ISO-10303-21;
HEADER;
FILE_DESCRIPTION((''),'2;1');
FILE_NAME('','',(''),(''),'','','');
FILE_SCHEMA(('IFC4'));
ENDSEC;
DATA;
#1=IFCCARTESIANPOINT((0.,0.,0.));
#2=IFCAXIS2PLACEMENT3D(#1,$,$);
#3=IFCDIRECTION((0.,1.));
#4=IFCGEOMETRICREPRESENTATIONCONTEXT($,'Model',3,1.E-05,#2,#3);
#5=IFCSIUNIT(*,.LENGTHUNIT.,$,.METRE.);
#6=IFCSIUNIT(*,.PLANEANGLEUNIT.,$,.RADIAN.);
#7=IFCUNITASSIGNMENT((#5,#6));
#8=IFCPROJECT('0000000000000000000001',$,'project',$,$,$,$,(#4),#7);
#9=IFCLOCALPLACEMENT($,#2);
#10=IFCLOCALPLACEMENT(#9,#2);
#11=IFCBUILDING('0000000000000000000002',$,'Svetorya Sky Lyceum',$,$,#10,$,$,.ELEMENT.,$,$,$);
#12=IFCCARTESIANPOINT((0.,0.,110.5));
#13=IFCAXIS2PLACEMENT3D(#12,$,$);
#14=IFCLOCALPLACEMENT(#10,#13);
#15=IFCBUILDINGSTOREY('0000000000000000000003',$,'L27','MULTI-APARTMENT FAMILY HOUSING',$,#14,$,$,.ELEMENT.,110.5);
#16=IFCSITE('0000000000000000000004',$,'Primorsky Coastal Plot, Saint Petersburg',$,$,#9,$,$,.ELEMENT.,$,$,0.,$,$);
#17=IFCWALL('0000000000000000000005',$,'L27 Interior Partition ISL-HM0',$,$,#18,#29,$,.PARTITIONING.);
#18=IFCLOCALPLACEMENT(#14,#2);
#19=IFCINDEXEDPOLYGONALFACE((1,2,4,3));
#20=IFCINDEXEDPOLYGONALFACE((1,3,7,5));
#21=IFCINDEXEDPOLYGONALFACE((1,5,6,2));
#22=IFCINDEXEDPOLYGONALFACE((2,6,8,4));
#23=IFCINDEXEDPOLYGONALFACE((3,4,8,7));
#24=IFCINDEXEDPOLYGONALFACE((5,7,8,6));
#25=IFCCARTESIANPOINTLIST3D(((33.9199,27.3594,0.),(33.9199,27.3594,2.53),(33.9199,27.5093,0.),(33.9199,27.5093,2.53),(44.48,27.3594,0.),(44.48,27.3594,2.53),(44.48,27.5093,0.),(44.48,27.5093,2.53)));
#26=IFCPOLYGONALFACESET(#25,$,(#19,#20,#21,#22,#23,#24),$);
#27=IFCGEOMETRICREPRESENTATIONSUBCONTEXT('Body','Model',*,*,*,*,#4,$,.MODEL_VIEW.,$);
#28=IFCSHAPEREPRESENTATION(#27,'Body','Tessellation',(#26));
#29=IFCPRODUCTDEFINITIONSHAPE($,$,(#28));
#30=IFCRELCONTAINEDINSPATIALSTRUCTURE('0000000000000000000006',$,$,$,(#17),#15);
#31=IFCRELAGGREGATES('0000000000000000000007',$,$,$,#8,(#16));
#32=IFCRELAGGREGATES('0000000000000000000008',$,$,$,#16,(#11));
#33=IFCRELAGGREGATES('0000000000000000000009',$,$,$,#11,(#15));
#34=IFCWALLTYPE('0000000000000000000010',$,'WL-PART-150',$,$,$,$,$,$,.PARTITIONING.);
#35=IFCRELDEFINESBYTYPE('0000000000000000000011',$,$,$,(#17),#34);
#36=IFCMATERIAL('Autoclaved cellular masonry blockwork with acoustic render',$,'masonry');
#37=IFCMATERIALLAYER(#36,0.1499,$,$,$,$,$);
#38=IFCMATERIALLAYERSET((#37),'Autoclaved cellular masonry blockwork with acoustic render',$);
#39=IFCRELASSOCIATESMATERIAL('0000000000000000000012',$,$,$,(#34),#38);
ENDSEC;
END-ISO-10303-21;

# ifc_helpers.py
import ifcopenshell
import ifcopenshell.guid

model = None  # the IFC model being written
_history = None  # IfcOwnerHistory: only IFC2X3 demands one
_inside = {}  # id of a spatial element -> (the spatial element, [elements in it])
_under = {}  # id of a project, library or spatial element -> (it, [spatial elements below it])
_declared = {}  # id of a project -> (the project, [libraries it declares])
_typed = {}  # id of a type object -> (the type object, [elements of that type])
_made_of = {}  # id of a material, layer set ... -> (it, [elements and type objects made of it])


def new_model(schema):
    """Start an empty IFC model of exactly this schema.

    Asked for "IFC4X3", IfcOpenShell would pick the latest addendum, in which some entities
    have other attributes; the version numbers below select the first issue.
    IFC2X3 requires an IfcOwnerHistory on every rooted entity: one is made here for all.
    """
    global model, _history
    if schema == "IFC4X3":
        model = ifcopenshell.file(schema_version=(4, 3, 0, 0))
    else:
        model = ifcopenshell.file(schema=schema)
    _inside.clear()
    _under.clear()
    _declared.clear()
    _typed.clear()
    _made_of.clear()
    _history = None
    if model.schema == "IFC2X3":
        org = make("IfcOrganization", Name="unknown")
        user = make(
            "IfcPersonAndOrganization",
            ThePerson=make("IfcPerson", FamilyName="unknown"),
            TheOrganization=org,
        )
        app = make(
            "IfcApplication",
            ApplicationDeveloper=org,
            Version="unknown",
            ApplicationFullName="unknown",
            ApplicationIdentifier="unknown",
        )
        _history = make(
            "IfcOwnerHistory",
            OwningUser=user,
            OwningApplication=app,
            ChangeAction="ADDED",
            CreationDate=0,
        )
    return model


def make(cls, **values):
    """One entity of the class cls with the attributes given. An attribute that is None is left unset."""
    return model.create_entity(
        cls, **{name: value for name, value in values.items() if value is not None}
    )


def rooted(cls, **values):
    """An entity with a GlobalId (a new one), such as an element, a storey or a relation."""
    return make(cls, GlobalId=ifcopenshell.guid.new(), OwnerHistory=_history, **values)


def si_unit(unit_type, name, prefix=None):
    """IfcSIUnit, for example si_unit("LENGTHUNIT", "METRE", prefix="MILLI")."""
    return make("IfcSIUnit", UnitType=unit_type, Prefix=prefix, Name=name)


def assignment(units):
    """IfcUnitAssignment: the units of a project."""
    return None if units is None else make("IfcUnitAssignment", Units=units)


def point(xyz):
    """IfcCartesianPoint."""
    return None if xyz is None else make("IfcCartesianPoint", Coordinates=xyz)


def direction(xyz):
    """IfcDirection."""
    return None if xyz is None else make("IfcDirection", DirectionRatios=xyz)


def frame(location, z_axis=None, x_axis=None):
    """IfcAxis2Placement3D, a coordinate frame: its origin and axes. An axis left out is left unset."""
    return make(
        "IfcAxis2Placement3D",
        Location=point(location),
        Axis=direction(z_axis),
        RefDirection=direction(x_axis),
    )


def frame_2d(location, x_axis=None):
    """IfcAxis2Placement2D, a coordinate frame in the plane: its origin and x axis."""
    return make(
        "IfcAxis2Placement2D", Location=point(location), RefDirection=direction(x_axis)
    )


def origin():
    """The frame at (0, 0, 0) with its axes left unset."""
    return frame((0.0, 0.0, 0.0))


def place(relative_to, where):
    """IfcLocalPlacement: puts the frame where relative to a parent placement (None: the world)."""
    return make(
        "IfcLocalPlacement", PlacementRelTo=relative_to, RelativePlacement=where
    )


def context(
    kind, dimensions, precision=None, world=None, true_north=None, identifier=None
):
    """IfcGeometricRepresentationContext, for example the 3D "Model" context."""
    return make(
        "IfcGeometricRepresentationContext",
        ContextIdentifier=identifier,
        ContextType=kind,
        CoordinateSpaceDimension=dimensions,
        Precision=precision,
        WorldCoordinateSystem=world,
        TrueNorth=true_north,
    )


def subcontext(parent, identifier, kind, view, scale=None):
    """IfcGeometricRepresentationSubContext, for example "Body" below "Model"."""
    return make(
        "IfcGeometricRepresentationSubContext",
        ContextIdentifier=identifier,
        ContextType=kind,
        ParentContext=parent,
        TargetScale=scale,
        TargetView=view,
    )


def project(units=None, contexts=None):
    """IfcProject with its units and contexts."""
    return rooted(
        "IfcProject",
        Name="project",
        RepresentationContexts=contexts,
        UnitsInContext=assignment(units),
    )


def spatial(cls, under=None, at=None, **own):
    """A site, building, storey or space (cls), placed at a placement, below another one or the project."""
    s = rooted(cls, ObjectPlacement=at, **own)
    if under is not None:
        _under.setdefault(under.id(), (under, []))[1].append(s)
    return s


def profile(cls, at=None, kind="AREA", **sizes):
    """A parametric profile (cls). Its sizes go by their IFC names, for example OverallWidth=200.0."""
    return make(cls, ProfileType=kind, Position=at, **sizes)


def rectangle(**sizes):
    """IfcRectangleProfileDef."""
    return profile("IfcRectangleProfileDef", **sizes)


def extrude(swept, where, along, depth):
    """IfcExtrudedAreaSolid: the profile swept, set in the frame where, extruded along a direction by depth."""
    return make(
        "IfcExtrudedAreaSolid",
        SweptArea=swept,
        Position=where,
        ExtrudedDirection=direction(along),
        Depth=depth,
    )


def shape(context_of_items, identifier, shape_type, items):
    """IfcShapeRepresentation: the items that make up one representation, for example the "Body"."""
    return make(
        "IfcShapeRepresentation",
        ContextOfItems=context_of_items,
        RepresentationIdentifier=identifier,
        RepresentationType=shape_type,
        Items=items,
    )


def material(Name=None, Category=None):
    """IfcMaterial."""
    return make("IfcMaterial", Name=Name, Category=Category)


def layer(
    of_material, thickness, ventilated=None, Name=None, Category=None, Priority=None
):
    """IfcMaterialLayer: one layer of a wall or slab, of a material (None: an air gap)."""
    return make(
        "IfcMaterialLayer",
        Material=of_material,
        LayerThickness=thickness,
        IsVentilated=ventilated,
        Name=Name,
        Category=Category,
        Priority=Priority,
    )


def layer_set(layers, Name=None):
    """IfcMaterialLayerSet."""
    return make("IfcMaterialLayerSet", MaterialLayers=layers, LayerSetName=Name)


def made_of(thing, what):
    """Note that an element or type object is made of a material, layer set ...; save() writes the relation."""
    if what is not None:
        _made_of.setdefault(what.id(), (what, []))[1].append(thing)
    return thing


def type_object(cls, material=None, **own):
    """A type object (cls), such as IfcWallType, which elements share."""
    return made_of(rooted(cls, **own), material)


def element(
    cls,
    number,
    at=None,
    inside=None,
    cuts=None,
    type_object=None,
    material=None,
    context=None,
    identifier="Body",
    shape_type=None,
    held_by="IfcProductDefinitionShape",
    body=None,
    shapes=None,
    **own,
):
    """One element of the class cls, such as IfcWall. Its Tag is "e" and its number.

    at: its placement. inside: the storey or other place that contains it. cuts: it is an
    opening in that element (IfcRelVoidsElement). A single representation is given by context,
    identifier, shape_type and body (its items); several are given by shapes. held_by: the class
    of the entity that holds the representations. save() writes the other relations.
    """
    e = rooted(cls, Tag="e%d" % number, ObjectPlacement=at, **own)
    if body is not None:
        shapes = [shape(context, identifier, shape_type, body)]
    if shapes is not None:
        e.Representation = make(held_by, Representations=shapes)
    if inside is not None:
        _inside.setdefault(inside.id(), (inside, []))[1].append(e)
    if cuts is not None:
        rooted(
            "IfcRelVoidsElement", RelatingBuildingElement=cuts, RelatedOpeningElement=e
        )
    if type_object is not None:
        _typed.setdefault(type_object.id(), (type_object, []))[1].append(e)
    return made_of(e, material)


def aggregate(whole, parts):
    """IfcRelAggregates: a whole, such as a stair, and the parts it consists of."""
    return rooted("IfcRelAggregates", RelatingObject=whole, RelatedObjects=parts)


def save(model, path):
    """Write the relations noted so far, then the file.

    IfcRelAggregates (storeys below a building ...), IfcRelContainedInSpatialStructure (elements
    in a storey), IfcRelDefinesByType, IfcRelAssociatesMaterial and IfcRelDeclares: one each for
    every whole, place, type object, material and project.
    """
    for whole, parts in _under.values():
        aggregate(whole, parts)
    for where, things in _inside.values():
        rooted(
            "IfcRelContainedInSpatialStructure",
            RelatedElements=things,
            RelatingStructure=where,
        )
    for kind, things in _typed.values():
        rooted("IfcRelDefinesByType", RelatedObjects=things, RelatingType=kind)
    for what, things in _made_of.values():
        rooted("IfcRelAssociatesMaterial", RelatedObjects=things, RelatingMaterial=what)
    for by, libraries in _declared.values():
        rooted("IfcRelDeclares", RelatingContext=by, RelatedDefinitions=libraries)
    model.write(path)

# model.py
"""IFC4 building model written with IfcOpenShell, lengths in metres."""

from ifc_helpers import new_model, si_unit, direction, frame, frame_2d, origin, place, context, subcontext, project, spatial, rectangle, extrude, material, layer, layer_set, type_object, element, save


model = new_model("IFC4")

# Units and contexts
model_context = context("Model", 3, precision=1e-05, world=origin(), true_north=direction((0.0, 1.0)))
body_context = subcontext(model_context, "Body", "Model", "MODEL_VIEW")
ifc_project = project(units=[si_unit("LENGTHUNIT", "METRE"), si_unit("PLANEANGLEUNIT", "RADIAN")], contexts=[model_context])

# Site, building, storey
site_placement = place(None, origin())
site = spatial("IfcSite", under=ifc_project, at=site_placement, Name="Primorsky Coastal Plot, Saint Petersburg", CompositionType="ELEMENT", RefElevation=0.0)
building_placement = place(site_placement, origin())
building = spatial("IfcBuilding", under=site, at=building_placement, Name="Svetorya Sky Lyceum", CompositionType="ELEMENT")
storey_placement = place(building_placement, frame((0.0, 0.0, 110.5)))
storey = spatial("IfcBuildingStorey", under=building, at=storey_placement, Name="L27", Description="MULTI-APARTMENT FAMILY HOUSING", CompositionType="ELEMENT", Elevation=110.5)

# Shared definitions
ifc_material_1 = material(Name="Autoclaved cellular masonry blockwork with acoustic render", Category="masonry")
ifc_layer_1 = layer(ifc_material_1, 0.1499)
ifc_layer_set_1 = layer_set([ifc_layer_1], Name="Autoclaved cellular masonry blockwork with acoustic render")
wall_type_1 = type_object("IfcWallType", Name="WL-PART-150", PredefinedType="PARTITIONING", material=ifc_layer_set_1)

# Wall
wall_1_placement = place(storey_placement, frame((33.9199, 27.4343, 0.0), z_axis=(0.0, 0.0, 1.0), x_axis=(1.0, 0.0, 0.0)))
element("IfcWall", 1, at=wall_1_placement, inside=storey, type_object=wall_type_1, Name="L27 Interior Partition ISL-HM0", PredefinedType="PARTITIONING", context=body_context, shape_type="SweptSolid", body=[
    extrude(rectangle(XDim=10.5601, YDim=0.1499, at=frame_2d((5.28, 0.0))), origin(), (0.0, 0.0, 1.0), 2.53),
])

save(model, "model.ifc")
